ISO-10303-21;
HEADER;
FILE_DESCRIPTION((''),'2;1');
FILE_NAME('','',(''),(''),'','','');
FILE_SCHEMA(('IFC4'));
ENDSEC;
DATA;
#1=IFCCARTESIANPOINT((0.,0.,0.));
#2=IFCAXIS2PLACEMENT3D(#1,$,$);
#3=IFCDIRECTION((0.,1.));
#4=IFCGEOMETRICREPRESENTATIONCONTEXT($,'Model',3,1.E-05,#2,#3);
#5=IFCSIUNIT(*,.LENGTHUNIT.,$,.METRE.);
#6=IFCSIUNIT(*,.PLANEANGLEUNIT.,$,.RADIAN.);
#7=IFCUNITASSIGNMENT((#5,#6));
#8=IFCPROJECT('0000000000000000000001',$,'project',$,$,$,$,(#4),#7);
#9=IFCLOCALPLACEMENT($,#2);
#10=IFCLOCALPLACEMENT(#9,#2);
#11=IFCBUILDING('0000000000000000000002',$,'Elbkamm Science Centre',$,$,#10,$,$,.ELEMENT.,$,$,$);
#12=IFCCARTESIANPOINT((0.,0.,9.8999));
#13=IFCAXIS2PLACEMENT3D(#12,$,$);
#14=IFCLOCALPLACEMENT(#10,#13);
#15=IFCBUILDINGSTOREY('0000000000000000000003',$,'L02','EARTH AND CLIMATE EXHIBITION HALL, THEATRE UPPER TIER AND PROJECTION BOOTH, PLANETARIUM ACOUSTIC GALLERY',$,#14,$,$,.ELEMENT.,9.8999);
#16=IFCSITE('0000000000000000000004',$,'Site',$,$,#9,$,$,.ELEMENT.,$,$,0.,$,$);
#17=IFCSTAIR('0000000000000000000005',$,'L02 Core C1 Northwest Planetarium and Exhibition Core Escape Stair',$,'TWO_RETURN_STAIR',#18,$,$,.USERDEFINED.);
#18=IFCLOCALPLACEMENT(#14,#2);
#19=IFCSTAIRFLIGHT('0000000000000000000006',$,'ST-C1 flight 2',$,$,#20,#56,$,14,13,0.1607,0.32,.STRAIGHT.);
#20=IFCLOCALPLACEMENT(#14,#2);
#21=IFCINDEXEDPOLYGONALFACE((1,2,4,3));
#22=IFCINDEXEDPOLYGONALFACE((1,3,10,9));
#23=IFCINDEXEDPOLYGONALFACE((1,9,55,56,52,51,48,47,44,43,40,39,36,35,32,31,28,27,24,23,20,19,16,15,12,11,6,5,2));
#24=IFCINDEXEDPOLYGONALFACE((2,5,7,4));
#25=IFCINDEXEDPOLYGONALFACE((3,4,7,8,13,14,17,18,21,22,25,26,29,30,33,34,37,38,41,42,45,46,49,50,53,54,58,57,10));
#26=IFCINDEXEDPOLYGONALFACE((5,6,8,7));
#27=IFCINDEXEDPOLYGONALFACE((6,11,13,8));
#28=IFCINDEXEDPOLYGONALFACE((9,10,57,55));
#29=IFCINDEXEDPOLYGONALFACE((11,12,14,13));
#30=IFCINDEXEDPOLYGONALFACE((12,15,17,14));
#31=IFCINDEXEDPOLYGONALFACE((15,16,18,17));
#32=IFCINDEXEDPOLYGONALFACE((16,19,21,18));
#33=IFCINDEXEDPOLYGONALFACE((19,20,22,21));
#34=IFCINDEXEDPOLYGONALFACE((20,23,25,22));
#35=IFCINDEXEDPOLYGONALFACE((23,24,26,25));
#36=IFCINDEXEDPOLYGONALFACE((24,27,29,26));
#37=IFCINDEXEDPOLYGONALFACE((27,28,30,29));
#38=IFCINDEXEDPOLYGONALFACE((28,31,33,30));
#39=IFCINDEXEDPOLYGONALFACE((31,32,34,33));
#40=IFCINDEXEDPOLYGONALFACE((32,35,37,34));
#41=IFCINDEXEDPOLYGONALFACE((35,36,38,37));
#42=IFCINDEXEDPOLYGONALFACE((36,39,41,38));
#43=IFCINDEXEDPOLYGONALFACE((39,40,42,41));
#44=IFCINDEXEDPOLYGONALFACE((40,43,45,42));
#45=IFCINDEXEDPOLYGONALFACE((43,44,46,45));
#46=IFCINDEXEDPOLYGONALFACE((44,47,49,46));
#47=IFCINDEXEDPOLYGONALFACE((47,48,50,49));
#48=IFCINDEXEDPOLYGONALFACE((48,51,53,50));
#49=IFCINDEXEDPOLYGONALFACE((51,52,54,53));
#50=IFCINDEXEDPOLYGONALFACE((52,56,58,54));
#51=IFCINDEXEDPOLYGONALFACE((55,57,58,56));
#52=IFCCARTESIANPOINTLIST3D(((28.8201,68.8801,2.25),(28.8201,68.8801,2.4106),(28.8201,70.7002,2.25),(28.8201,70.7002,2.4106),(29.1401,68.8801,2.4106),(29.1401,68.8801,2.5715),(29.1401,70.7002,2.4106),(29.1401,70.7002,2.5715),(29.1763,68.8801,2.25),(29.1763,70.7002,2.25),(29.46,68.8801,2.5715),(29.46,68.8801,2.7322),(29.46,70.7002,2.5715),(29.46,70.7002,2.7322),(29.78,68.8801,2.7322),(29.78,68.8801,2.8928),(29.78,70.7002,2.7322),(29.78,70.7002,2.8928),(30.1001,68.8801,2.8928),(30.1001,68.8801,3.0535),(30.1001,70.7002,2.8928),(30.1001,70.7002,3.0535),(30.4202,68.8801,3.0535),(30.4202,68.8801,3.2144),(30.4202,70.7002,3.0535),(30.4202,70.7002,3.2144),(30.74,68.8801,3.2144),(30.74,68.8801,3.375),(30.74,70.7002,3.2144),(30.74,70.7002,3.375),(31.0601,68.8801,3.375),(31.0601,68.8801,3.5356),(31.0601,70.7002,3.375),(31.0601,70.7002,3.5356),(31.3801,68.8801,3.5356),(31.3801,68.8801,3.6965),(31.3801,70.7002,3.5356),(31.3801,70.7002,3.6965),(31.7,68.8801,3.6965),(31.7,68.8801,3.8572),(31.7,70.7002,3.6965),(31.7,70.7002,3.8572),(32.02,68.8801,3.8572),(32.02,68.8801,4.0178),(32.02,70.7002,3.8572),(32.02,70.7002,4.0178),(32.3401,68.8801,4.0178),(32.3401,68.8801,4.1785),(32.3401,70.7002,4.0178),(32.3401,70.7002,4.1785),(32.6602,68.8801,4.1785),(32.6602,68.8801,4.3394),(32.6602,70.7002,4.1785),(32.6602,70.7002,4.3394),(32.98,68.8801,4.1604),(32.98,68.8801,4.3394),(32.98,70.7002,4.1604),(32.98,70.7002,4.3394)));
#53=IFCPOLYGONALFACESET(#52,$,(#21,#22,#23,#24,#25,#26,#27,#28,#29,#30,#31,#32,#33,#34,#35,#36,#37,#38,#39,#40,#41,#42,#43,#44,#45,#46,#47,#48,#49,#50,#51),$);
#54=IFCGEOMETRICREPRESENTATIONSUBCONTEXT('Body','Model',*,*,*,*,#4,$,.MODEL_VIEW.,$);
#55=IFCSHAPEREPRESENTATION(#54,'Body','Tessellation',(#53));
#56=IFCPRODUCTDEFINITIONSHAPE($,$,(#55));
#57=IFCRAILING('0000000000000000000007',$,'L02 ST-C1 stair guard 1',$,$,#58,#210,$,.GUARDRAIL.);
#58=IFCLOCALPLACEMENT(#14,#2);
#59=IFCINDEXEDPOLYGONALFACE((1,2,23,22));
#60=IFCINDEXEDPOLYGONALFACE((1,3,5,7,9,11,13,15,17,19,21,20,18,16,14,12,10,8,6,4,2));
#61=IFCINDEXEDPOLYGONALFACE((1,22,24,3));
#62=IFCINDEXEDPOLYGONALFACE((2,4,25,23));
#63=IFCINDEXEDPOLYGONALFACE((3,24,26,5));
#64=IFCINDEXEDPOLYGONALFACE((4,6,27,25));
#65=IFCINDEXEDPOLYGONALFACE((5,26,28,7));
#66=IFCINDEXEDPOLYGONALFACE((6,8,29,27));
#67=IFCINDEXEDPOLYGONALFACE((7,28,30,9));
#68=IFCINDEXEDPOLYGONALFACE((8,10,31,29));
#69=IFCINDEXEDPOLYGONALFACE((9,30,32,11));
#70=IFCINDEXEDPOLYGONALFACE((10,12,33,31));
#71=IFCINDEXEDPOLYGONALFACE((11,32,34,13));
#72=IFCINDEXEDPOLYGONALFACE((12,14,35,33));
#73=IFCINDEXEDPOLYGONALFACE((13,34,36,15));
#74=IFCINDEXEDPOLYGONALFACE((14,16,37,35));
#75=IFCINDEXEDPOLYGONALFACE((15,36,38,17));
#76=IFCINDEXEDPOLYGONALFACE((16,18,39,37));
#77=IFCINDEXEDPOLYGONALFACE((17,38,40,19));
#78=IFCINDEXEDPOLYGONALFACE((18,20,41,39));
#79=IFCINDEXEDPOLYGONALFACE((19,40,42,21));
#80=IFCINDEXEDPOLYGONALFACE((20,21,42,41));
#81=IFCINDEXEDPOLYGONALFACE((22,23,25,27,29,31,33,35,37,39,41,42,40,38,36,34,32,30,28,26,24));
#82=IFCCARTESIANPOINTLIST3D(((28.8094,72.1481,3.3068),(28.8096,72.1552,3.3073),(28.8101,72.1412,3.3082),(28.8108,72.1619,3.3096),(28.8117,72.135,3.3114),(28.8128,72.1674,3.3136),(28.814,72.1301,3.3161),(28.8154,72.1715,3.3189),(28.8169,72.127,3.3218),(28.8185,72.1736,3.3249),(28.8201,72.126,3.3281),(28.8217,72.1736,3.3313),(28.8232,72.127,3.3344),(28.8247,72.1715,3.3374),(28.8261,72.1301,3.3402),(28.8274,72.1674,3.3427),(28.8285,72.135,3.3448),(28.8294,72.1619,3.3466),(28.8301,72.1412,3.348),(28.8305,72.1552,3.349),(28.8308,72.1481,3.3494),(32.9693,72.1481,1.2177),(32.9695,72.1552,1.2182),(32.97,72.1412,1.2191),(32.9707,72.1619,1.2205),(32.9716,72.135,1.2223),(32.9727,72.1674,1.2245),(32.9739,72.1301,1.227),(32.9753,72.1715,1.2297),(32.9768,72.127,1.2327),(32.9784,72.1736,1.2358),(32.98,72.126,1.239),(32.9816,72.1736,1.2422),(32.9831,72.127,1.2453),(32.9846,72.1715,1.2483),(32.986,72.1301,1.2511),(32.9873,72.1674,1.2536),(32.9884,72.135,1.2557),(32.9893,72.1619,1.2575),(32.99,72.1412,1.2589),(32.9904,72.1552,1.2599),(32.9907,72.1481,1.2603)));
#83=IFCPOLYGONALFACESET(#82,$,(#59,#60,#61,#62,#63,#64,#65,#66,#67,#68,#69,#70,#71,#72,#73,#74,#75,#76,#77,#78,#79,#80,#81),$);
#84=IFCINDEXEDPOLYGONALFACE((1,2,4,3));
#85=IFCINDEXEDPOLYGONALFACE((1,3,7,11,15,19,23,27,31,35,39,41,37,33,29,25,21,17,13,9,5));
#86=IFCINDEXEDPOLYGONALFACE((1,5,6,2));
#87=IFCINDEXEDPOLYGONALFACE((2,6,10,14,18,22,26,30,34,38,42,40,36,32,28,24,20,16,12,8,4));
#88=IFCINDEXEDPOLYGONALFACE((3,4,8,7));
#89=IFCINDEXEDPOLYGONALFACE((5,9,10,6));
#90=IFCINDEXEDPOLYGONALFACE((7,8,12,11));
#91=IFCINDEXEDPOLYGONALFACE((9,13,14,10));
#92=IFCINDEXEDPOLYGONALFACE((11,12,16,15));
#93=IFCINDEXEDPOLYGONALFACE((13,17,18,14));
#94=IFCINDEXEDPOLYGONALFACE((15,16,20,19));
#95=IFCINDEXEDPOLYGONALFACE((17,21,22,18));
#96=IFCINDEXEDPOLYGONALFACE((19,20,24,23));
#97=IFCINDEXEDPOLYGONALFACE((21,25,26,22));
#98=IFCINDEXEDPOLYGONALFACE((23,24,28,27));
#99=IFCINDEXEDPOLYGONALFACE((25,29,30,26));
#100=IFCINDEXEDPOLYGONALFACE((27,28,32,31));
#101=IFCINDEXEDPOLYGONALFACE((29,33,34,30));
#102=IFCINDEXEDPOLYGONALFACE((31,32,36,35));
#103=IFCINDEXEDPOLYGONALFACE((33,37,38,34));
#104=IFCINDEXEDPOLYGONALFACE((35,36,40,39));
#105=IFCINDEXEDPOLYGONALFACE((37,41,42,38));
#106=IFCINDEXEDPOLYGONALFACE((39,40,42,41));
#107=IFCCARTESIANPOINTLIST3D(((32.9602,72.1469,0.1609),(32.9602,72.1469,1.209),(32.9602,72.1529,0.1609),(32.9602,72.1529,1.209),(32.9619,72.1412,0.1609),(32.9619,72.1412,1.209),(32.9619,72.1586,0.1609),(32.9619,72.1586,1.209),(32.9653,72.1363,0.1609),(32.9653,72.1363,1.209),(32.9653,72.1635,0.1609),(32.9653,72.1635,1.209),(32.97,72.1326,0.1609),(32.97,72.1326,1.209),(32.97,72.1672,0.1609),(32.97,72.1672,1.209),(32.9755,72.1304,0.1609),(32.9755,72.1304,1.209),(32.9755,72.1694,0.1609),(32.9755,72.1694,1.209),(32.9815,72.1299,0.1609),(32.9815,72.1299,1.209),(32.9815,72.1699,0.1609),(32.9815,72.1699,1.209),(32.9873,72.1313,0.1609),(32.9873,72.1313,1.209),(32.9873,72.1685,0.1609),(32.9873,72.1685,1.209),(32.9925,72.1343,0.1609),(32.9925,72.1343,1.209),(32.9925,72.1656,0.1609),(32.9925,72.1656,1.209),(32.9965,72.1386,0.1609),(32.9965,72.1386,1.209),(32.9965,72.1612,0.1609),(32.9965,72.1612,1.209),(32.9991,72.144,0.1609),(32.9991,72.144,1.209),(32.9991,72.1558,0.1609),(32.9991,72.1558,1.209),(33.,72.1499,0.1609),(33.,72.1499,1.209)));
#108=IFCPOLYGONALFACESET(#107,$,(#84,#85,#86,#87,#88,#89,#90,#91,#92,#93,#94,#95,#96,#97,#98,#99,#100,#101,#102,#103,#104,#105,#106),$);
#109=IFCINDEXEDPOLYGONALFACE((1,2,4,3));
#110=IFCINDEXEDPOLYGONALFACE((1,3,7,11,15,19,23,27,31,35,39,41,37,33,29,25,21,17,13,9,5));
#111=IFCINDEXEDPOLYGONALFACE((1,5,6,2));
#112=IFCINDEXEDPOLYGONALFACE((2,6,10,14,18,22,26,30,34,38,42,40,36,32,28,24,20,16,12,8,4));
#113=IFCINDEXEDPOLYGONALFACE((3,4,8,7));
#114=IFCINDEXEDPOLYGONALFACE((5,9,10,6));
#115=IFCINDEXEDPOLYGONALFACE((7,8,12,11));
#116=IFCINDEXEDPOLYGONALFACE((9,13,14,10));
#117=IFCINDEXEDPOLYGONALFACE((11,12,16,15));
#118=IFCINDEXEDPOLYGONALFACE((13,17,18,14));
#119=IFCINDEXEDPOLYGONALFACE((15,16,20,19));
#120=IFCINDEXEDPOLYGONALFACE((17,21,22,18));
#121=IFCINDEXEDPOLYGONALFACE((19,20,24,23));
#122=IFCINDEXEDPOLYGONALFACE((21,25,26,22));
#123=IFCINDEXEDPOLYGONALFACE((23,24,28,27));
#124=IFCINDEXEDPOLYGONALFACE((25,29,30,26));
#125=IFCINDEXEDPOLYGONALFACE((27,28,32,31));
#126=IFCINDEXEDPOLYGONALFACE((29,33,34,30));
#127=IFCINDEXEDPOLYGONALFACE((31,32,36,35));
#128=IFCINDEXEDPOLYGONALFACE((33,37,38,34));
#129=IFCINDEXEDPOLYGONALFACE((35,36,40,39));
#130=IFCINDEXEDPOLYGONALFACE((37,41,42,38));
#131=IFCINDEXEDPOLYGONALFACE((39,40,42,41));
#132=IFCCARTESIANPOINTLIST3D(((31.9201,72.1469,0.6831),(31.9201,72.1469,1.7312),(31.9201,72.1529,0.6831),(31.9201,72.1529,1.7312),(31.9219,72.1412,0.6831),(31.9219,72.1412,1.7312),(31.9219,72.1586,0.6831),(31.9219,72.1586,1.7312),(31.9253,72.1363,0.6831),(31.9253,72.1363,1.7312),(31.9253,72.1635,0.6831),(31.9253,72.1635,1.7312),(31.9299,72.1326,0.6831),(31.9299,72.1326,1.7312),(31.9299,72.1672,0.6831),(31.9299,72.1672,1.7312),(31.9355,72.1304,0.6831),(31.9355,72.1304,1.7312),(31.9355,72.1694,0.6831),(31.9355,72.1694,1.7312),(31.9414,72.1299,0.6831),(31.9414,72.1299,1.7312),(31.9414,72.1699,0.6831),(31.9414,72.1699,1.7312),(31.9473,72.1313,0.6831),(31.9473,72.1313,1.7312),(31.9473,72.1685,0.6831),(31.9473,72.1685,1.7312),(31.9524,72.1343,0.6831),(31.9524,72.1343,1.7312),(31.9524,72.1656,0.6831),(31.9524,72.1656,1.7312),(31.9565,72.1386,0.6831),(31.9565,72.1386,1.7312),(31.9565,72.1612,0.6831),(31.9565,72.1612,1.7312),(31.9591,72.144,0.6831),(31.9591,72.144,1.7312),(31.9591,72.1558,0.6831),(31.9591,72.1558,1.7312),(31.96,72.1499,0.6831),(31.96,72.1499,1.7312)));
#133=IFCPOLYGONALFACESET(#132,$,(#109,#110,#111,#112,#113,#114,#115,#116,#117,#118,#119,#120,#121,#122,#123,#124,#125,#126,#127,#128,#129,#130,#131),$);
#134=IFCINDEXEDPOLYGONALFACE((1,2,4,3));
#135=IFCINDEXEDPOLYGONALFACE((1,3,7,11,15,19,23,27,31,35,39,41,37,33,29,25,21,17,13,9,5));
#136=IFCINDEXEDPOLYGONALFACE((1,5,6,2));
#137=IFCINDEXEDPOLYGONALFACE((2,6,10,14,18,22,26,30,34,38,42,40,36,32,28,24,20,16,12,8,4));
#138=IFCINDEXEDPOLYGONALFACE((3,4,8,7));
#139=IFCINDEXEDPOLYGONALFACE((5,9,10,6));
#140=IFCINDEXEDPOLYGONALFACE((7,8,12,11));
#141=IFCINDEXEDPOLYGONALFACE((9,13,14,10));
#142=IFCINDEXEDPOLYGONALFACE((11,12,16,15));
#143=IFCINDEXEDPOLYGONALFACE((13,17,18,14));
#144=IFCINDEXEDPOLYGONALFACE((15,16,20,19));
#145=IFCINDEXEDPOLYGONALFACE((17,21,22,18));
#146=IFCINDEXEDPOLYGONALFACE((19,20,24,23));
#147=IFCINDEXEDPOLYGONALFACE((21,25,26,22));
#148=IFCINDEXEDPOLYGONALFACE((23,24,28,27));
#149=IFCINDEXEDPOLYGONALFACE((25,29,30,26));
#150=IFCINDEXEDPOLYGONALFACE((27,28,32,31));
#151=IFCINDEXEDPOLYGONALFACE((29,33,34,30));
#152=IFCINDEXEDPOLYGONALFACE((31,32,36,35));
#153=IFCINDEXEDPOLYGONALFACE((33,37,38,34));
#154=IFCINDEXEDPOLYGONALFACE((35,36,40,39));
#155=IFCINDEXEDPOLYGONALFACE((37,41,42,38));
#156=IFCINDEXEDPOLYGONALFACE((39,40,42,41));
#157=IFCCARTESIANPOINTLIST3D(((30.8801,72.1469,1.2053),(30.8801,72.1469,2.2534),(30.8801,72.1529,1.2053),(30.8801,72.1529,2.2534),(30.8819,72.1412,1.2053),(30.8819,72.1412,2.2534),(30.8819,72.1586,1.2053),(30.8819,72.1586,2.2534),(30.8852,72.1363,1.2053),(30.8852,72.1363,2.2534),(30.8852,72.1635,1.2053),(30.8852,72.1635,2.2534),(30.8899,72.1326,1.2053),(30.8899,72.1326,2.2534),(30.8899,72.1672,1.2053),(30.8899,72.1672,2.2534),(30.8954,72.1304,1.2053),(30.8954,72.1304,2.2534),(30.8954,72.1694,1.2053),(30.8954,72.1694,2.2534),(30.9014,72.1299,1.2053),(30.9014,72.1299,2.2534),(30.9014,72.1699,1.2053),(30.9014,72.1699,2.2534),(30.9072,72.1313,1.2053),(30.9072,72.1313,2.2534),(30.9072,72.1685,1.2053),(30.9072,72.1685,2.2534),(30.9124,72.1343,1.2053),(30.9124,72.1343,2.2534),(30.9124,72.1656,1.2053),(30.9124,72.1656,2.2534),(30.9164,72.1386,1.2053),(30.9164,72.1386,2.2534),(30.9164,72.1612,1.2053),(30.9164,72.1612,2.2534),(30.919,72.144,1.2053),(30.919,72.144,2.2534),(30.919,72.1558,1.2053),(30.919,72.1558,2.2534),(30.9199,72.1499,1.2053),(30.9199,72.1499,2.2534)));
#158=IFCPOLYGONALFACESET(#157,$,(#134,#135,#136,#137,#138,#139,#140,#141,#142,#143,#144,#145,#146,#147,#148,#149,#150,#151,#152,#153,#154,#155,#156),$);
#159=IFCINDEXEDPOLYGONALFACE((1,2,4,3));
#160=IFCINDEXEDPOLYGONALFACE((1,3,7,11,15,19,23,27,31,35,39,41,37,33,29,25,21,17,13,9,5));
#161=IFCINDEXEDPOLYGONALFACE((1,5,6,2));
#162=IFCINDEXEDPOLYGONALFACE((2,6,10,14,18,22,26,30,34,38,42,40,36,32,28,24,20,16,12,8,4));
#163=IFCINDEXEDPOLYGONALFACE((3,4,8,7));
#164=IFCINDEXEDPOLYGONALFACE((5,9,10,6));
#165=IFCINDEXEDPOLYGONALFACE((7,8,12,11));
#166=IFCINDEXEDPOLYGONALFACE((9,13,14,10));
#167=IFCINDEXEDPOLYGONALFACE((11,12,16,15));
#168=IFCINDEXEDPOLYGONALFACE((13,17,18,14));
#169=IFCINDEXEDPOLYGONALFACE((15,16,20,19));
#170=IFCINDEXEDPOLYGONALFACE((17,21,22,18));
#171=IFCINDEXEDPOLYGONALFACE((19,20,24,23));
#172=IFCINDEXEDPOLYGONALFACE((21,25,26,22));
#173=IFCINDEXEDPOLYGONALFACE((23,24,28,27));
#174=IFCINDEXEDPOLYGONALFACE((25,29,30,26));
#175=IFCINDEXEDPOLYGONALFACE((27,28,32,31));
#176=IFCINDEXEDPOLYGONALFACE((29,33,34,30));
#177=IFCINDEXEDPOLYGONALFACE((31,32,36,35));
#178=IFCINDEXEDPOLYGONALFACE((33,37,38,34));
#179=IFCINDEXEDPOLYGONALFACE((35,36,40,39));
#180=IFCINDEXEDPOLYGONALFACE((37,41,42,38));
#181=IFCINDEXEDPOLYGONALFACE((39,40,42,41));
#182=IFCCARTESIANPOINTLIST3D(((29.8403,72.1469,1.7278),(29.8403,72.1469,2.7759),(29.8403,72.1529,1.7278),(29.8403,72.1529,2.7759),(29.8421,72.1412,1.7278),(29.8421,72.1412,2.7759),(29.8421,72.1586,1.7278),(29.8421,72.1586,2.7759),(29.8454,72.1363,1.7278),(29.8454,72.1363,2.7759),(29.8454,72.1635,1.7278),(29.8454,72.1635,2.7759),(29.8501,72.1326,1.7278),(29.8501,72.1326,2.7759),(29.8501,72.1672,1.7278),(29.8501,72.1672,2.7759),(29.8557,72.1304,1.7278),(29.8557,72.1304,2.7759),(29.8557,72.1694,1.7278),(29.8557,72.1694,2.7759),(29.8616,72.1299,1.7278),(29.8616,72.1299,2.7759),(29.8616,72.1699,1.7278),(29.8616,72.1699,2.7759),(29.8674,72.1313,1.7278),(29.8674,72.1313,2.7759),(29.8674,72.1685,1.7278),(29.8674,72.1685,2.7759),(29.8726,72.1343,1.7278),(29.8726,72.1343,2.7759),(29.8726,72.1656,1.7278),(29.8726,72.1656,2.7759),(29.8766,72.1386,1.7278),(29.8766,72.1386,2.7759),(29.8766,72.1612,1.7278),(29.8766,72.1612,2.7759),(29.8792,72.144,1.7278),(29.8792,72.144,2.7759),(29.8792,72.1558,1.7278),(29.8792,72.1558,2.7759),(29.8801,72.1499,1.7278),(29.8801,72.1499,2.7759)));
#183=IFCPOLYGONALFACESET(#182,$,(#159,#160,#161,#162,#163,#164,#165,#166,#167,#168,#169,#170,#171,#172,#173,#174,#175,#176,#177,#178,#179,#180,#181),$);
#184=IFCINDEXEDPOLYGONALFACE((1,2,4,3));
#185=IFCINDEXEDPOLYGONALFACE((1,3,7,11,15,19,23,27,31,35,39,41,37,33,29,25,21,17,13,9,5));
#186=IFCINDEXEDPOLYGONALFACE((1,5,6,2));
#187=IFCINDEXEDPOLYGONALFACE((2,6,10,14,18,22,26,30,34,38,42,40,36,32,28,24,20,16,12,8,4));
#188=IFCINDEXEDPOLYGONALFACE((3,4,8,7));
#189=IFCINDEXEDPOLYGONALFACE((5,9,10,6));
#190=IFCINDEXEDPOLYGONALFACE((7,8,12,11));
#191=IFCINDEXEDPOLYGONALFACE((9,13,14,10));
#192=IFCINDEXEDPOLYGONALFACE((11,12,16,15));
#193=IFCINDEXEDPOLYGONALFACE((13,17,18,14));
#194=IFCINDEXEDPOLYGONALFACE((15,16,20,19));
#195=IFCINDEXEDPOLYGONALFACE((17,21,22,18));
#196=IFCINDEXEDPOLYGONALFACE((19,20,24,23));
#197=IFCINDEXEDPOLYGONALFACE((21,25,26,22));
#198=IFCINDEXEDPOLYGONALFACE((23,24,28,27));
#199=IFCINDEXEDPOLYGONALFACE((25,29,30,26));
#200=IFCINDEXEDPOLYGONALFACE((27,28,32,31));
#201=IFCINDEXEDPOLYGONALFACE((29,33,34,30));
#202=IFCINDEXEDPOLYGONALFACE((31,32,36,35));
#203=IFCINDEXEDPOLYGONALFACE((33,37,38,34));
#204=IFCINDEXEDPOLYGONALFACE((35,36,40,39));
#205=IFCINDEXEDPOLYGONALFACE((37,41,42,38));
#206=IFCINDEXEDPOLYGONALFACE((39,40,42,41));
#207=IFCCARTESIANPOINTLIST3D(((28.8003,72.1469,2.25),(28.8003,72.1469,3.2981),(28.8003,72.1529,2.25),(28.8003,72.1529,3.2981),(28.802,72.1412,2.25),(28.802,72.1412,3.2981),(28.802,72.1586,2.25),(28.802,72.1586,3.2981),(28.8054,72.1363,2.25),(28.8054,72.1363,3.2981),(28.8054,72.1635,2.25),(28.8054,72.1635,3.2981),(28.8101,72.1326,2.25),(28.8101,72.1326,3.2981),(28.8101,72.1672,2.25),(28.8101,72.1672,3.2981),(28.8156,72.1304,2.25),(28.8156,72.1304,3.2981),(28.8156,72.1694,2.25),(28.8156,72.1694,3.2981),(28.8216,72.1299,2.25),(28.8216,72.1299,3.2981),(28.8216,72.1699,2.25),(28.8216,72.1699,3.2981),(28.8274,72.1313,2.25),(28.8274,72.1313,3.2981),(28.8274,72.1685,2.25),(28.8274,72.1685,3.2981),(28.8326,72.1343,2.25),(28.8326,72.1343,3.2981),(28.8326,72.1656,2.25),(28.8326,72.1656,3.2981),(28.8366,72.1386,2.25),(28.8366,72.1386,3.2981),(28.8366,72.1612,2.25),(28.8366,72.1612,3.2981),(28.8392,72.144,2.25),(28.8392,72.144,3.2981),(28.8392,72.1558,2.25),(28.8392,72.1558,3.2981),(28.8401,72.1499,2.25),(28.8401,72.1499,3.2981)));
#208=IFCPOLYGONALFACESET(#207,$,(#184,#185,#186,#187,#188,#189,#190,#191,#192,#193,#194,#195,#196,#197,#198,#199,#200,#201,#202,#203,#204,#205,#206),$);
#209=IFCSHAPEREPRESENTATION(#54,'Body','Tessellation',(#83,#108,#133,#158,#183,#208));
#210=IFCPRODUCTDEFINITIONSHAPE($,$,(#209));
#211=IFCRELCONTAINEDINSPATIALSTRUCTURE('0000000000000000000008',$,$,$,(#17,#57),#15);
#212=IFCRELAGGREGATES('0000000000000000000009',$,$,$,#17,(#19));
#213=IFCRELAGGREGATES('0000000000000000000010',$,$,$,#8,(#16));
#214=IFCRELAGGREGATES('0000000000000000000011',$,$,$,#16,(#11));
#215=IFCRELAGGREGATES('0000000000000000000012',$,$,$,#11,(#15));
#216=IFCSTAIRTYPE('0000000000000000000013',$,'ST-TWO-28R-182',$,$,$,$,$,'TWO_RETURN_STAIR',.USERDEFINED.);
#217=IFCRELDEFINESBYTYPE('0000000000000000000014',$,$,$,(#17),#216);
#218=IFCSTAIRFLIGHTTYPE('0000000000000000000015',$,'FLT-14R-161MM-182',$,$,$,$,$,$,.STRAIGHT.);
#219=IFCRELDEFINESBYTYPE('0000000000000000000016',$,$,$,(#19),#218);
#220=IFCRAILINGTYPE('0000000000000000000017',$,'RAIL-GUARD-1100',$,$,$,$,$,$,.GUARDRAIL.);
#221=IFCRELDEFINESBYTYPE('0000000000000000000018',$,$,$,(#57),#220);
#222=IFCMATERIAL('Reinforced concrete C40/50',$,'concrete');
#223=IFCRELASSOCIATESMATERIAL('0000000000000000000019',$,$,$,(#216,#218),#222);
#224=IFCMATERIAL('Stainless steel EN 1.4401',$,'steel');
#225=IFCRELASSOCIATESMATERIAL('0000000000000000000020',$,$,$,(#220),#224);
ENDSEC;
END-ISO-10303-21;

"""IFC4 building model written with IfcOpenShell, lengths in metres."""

from ifc_helpers import new_model, si_unit, direction, frame, origin, origin_2d, place, context, subcontext, project, spatial, polyline, circle, outline, extrude, material, type_object, element, aggregate, save


model = new_model("IFC4")

# Units and contexts
model_context = context("Model", 3, precision=1e-05, world=origin(), true_north=direction((0.0, 1.0)))
body_context = subcontext(model_context, "Body", "Model", "MODEL_VIEW")
ifc_project = project(units=[si_unit("LENGTHUNIT", "METRE"), si_unit("PLANEANGLEUNIT", "RADIAN")], contexts=[model_context])

# Site, building, storey
site_placement = place(None, origin())
site = spatial("IfcSite", under=ifc_project, at=site_placement, Name="Site", CompositionType="ELEMENT", RefElevation=0.0)
building_placement = place(site_placement, origin())
building = spatial("IfcBuilding", under=site, at=building_placement, Name="Elbkamm Science Centre", CompositionType="ELEMENT")
storey_placement = place(building_placement, frame((0.0, 0.0, 9.8999)))
storey = spatial("IfcBuildingStorey", under=building, at=storey_placement, Name="L02", Description="EARTH AND CLIMATE EXHIBITION HALL, THEATRE UPPER TIER AND PROJECTION BOOTH, PLANETARIUM ACOUSTIC GALLERY", CompositionType="ELEMENT", Elevation=9.8999)

# Shared definitions
ifc_material_1 = material(Name="Reinforced concrete C40/50", Category="concrete")

# Stair, stair flight
stair_type = type_object("IfcStairType", Name="ST-TWO-28R-182", ElementType="TWO_RETURN_STAIR", PredefinedType="USERDEFINED", material=ifc_material_1)
stair_placement = place(storey_placement, origin())
stair = element("IfcStair", 1, at=stair_placement, inside=storey, type_object=stair_type, Name="L02 Core C1 Northwest Planetarium and Exhibition Core Escape Stair", ObjectType="TWO_RETURN_STAIR", PredefinedType="USERDEFINED")
stair_flight_type = type_object("IfcStairFlightType", Name="FLT-14R-161MM-182", PredefinedType="STRAIGHT", material=ifc_material_1)
stair_flight_1_placement = place(storey_placement, frame((28.8201, 69.79, 2.25), z_axis=(0.0, 0.0, 1.0), x_axis=(1.0, 0.0, 0.0)))
stair_flight_1 = element("IfcStairFlight", 2, at=stair_flight_1_placement, type_object=stair_flight_type, Name="ST-C1 flight 2", NumberOfRisers=14, NumberOfTreads=13, PredefinedType="STRAIGHT", RiserHeight=0.1607, TreadLength=0.32, context=body_context, shape_type="SweptSolid", body=[
    extrude(outline(polyline([(0.0, 0.0), (0.0, 0.1606), (0.3201, 0.1606), (0.3201, 0.3215), (0.6399, 0.3215), (0.6399, 0.4822), (0.96, 0.4822), (0.96, 0.6428), (1.28, 0.6428), (1.28, 0.8035), (1.6001, 0.8035), (1.6001, 0.9644), (1.9199, 0.9644), (1.9199, 1.125), (2.24, 1.125), (2.24, 1.2856), (2.5601, 1.2856), (2.5601, 1.4465), (2.8799, 1.4465), (2.8799, 1.6072), (3.2, 1.6072), (3.2, 1.7678), (3.52, 1.7678), (3.52, 1.9285), (3.8401, 1.9285), (3.8401, 2.0894), (4.1599, 2.0894), (4.1599, 2.25), (4.1599, 1.9104), (0.3562, 0.0), (0.0, 0.0)])), frame((0.0, 0.9102, 0.0), z_axis=(0.0, -1.0, 0.0), x_axis=(1.0, 0.0, 0.0)), (0.0, 0.0, 1.0), 1.8201),
])
aggregate(stair, [stair_flight_1])

# Railing
ifc_material_2 = material(Name="Stainless steel EN 1.4401", Category="steel")
railing_type_1 = type_object("IfcRailingType", Name="RAIL-GUARD-1100", PredefinedType="GUARDRAIL", material=ifc_material_2)
railing_1_placement = place(storey_placement, frame((32.98, 72.1499, 0.1609)))
element("IfcRailing", 3, at=railing_1_placement, inside=storey, type_object=railing_type_1, Name="L02 ST-C1 stair guard 1", PredefinedType="GUARDRAIL", context=body_context, shape_type="SweptSolid", body=[
    extrude(circle(Radius=0.0239, at=origin_2d()), frame((0.0, 0.0, 1.0781), z_axis=(-0.893639, 0.0, 0.448786), x_axis=(0.0, -1.0, 0.0)), (0.0, 0.0, 1.0), 4.655),
    extrude(circle(Radius=0.02, at=origin_2d()), origin(), (0.0, 0.0, 1.0), 1.0481),
    extrude(circle(Radius=0.02, at=origin_2d()), frame((-1.04, 0.0, 0.5222)), (0.0, 0.0, 1.0), 1.0481),
    extrude(circle(Radius=0.02, at=origin_2d()), frame((-2.0801, 0.0, 1.0444)), (0.0, 0.0, 1.0), 1.0481),
    extrude(circle(Radius=0.02, at=origin_2d()), frame((-3.1199, 0.0, 1.5669)), (0.0, 0.0, 1.0), 1.0481),
    extrude(circle(Radius=0.02, at=origin_2d()), frame((-4.1599, 0.0, 2.0891)), (0.0, 0.0, 1.0), 1.0481),
])

save(model, "model.ifc")
